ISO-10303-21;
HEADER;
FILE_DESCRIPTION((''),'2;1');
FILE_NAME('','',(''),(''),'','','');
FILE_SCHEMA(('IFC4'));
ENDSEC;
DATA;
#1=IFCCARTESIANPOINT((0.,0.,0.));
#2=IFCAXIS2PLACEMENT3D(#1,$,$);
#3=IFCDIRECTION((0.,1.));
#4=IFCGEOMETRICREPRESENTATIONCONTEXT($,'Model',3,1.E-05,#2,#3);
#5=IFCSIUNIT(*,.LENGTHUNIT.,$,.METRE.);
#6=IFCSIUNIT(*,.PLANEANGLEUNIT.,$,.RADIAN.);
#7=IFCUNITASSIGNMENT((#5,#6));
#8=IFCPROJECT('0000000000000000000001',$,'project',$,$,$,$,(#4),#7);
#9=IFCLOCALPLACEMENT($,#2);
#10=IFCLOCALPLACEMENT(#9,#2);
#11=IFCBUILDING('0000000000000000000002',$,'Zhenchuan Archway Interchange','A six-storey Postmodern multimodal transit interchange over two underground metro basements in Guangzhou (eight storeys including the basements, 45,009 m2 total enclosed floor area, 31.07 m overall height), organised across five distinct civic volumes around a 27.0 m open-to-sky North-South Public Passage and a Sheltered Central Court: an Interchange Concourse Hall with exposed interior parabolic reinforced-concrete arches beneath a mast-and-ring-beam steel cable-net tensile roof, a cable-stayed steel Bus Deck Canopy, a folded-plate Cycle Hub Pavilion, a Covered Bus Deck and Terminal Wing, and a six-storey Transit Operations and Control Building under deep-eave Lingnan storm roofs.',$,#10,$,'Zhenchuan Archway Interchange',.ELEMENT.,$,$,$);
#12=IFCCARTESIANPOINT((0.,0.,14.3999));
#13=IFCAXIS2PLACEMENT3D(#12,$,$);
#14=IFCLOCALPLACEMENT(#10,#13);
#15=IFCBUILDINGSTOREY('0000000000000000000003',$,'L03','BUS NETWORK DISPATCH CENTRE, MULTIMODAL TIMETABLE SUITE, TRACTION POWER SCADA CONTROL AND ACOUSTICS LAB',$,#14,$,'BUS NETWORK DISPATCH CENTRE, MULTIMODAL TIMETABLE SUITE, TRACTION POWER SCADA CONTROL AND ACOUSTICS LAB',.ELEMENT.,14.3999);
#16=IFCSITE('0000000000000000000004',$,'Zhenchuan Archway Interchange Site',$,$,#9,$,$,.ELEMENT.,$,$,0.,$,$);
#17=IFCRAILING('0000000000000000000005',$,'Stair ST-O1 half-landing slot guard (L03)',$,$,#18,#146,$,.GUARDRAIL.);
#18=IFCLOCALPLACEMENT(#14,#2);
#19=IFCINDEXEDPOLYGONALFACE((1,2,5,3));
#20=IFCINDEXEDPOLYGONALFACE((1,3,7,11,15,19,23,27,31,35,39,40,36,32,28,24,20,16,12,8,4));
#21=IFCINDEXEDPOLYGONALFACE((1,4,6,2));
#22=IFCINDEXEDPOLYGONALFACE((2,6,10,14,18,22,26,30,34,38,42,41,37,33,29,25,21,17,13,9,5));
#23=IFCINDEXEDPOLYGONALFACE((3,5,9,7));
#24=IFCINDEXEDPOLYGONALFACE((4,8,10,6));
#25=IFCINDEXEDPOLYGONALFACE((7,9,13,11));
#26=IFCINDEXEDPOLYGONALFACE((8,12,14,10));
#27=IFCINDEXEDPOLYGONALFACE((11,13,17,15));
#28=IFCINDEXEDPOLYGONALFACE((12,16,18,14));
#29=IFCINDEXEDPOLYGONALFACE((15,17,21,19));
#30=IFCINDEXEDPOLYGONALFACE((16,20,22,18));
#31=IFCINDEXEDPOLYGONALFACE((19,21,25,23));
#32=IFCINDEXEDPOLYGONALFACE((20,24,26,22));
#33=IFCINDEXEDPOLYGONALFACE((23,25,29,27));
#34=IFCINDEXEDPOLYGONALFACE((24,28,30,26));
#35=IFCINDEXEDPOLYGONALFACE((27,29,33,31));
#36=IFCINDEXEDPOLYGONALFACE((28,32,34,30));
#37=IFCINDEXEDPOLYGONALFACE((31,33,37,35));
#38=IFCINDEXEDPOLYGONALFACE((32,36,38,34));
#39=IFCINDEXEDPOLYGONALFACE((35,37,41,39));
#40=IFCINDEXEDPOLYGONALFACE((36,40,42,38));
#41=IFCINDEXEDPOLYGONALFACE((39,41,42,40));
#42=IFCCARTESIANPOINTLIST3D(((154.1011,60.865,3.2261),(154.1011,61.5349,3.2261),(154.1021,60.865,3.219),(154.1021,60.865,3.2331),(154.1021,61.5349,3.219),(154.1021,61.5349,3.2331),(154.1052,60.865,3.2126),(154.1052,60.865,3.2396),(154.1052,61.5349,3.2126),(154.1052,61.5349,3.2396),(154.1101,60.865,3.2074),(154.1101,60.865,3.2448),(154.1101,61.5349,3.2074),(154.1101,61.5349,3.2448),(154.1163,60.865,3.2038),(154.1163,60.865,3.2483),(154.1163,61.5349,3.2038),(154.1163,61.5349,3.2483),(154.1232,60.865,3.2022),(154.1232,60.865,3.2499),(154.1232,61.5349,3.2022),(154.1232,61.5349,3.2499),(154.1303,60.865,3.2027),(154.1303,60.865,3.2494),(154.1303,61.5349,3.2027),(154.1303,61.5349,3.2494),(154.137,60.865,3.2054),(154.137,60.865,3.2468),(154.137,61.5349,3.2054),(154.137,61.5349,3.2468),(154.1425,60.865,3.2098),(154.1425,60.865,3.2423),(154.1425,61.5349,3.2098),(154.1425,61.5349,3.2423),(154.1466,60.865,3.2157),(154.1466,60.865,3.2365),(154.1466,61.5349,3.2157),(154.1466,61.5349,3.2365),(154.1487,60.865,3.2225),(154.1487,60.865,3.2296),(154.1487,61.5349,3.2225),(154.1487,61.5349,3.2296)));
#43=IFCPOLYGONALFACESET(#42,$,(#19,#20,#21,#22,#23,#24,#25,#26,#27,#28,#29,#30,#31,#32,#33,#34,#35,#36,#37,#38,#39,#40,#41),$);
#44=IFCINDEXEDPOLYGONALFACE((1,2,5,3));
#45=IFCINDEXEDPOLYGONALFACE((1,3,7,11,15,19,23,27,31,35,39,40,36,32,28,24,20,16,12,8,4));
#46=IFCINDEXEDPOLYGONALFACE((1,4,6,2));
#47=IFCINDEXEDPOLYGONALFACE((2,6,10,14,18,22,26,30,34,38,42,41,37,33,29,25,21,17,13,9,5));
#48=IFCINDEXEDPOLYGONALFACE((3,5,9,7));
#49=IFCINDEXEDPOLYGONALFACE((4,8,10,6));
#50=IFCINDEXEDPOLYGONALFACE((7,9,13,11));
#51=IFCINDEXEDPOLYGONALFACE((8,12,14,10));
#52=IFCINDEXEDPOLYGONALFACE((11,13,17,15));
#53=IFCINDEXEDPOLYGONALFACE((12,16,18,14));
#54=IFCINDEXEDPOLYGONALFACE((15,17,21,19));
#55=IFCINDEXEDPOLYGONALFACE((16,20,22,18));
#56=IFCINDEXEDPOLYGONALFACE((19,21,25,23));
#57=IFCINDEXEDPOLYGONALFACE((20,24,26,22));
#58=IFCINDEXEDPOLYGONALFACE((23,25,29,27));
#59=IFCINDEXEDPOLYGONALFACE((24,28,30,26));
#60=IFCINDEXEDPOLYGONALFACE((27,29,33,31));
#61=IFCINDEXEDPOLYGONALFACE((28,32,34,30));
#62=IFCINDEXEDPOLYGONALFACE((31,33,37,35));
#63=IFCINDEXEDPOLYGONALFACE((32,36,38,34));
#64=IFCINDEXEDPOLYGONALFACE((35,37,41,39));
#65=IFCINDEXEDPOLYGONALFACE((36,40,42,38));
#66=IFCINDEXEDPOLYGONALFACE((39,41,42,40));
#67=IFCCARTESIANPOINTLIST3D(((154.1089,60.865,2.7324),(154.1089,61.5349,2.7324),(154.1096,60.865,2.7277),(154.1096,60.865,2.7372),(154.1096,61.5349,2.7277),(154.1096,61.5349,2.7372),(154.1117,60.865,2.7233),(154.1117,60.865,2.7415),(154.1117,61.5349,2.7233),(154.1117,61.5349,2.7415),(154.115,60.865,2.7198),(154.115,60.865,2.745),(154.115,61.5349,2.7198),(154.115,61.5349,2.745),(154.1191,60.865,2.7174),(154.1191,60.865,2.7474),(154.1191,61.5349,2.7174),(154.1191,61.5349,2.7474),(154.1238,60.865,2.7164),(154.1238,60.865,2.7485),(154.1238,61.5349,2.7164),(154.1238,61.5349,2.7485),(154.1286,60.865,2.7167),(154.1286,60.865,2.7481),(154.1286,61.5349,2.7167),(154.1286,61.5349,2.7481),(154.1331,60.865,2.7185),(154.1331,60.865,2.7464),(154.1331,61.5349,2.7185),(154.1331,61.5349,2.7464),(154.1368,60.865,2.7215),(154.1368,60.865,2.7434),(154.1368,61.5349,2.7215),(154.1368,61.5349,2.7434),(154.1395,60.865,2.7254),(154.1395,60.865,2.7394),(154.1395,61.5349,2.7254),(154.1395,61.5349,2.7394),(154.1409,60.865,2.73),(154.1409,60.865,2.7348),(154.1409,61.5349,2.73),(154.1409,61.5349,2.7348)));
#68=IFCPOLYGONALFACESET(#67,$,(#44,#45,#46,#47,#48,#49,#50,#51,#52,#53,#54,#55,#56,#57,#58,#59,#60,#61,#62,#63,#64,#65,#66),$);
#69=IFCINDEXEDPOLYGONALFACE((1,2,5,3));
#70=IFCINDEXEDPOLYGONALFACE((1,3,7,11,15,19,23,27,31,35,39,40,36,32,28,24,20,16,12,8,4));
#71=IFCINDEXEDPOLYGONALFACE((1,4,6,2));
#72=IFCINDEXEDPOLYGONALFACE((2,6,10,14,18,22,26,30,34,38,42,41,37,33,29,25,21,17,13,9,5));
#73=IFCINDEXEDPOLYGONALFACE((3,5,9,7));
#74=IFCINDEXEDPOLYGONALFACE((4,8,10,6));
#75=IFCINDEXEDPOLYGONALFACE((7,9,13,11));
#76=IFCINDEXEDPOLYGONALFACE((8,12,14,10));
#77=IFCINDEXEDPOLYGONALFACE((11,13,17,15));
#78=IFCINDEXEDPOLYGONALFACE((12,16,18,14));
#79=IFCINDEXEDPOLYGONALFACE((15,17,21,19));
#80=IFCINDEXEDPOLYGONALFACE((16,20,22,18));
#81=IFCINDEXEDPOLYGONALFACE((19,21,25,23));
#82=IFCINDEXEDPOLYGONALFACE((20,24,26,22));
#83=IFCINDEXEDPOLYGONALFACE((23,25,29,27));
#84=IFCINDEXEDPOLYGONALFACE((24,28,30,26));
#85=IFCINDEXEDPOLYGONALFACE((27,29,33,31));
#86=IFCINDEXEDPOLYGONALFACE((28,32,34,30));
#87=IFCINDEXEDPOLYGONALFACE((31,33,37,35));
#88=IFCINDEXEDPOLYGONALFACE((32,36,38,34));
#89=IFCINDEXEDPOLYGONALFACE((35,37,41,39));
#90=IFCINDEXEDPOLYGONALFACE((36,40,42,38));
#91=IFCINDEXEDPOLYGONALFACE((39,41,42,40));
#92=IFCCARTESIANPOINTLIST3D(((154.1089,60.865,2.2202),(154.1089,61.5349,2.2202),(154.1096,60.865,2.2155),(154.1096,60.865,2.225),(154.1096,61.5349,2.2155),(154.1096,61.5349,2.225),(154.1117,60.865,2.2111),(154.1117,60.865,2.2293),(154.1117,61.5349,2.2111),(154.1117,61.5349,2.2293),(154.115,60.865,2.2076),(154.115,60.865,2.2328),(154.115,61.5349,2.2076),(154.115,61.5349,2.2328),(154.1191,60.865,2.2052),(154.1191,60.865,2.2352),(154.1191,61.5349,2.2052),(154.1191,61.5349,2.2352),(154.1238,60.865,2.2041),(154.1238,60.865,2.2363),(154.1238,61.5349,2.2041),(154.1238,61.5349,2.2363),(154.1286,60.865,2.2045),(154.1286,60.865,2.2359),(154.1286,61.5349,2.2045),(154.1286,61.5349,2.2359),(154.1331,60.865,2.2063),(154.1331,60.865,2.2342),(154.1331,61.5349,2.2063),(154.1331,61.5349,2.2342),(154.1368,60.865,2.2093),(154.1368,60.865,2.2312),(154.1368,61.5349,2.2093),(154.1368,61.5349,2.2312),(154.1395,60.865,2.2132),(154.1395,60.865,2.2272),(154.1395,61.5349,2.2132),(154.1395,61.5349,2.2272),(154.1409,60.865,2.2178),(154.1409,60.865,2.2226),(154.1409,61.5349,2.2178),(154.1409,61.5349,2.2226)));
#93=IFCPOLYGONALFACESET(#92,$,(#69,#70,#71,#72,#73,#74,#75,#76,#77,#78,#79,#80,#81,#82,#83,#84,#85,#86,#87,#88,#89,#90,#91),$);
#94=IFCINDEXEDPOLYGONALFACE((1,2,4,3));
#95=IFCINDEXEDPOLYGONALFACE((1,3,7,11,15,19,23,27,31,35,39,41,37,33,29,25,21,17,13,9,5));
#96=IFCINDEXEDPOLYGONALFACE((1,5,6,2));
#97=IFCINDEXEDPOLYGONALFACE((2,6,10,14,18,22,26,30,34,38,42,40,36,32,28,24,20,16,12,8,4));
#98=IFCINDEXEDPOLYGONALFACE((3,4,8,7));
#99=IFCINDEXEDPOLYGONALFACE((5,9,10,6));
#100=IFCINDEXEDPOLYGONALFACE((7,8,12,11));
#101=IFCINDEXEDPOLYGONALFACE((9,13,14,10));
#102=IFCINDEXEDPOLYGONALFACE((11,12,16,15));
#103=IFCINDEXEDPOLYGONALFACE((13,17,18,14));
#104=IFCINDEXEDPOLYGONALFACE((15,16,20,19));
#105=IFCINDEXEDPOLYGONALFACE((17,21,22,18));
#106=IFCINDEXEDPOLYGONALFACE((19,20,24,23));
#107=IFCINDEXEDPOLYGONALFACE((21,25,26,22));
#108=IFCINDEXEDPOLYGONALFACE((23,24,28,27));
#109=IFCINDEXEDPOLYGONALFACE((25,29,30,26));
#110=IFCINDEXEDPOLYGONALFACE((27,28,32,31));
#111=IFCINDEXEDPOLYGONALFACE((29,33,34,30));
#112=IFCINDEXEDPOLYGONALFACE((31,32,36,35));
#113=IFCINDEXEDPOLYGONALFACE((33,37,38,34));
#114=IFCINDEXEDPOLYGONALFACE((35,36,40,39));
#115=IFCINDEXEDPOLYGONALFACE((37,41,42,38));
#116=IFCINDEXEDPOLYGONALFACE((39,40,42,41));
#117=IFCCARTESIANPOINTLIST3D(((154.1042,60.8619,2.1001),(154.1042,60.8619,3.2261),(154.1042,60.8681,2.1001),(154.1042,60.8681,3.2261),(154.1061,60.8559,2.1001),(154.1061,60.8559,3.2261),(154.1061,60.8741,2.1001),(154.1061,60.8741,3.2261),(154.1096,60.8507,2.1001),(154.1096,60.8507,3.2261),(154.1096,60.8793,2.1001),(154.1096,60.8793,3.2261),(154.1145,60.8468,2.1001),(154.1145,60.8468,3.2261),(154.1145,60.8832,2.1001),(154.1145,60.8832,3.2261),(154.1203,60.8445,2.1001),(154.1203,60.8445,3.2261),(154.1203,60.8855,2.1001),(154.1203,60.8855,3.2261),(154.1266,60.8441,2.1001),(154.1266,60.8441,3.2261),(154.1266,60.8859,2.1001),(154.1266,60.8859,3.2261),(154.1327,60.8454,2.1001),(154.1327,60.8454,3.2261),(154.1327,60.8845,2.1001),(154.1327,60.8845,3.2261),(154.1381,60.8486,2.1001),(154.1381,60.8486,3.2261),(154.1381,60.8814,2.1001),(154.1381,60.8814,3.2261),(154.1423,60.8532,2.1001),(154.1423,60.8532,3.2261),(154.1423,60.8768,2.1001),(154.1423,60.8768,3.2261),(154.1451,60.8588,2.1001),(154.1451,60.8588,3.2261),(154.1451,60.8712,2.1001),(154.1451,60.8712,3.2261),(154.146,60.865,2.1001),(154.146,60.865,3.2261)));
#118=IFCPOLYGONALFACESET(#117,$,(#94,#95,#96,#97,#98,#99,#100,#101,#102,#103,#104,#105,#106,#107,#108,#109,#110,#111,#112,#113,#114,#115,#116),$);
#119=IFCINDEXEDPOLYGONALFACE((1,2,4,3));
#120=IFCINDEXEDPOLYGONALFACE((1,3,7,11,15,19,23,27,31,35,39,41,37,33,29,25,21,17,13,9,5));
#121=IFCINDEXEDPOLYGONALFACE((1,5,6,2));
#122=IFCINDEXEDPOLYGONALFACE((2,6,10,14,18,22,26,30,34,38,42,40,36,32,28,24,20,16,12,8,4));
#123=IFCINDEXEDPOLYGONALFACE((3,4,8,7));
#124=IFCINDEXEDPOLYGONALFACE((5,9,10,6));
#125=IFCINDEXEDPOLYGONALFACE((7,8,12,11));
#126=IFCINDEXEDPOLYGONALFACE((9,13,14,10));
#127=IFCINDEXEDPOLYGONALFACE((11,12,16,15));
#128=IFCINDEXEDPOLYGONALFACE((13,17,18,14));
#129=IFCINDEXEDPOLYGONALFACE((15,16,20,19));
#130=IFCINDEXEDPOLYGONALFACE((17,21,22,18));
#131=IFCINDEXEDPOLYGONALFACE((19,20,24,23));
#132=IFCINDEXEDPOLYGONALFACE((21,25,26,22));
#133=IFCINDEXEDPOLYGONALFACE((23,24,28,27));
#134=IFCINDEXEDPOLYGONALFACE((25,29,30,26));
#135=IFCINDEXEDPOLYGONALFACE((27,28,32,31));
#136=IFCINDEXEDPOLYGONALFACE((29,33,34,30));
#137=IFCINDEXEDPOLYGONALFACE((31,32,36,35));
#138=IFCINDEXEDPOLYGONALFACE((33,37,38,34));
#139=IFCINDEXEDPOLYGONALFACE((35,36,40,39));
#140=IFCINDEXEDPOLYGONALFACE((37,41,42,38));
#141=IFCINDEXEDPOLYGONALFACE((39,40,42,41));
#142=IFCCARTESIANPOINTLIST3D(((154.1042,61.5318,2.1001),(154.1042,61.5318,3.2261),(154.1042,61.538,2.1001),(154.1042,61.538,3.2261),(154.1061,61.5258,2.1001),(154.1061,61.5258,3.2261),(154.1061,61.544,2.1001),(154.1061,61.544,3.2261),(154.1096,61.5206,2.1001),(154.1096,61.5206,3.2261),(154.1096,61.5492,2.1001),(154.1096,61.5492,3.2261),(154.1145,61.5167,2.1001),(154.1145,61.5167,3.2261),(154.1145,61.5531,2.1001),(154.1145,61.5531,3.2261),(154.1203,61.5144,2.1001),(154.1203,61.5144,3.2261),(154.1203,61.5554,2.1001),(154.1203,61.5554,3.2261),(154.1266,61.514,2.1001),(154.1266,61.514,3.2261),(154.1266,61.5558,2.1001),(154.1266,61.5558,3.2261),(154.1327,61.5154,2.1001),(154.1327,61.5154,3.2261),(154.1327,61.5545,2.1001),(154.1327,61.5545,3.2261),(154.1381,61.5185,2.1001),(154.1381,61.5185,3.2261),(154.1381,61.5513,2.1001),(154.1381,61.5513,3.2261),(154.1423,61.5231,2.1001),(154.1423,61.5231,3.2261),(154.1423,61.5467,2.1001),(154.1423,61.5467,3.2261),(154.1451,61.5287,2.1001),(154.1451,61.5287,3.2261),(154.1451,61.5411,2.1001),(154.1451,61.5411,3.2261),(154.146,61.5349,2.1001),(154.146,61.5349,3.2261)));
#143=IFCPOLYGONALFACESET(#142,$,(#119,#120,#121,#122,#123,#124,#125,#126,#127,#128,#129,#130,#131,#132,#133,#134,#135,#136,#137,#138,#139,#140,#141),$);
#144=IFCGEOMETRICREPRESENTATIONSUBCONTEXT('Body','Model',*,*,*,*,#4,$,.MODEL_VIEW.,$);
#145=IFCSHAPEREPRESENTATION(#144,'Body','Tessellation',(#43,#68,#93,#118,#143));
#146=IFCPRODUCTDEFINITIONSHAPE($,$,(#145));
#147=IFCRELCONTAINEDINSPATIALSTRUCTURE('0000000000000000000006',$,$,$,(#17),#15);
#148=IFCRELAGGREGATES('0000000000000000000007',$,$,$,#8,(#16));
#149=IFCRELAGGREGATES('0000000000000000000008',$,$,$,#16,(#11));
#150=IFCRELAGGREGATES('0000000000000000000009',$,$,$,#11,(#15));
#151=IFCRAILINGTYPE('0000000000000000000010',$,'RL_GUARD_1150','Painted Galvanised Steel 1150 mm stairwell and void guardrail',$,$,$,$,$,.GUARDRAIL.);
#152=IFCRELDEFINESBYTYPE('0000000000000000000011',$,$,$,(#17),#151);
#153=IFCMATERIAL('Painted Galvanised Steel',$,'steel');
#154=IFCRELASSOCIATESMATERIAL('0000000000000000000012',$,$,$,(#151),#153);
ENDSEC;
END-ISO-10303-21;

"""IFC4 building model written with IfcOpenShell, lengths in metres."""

from ifc_helpers import new_model, si_unit, direction, frame, origin, origin_2d, place, context, subcontext, project, spatial, circle, extrude, material, type_object, element, save


model = new_model("IFC4")

# Units and contexts
model_context = context("Model", 3, precision=1e-05, world=origin(), true_north=direction((0.0, 1.0)))
body_context = subcontext(model_context, "Body", "Model", "MODEL_VIEW")
ifc_project = project(units=[si_unit("LENGTHUNIT", "METRE"), si_unit("PLANEANGLEUNIT", "RADIAN")], contexts=[model_context])

# Site, building, storey
site_placement = place(None, origin())
site = spatial("IfcSite", under=ifc_project, at=site_placement, Name="Zhenchuan Archway Interchange Site", CompositionType="ELEMENT", RefElevation=0.0)
building_placement = place(site_placement, origin())
building = spatial("IfcBuilding", under=site, at=building_placement, Name="Zhenchuan Archway Interchange", Description="A six-storey Postmodern multimodal transit interchange over two underground metro basements in Guangzhou (eight storeys including the basements, 45,009 m2 total enclosed floor area, 31.07 m overall height), organised across five distinct civic volumes around a 27.0 m open-to-sky North-South Public Passage and a Sheltered Central Court: an Interchange Concourse Hall with exposed interior parabolic reinforced-concrete arches beneath a mast-and-ring-beam steel cable-net tensile roof, a cable-stayed steel Bus Deck Canopy, a folded-plate Cycle Hub Pavilion, a Covered Bus Deck and Terminal Wing, and a six-storey Transit Operations and Control Building under deep-eave Lingnan storm roofs.", LongName="Zhenchuan Archway Interchange", CompositionType="ELEMENT")
storey_placement = place(building_placement, frame((0.0, 0.0, 14.3999)))
storey = spatial("IfcBuildingStorey", under=building, at=storey_placement, Name="L03", Description="BUS NETWORK DISPATCH CENTRE, MULTIMODAL TIMETABLE SUITE, TRACTION POWER SCADA CONTROL AND ACOUSTICS LAB", LongName="BUS NETWORK DISPATCH CENTRE, MULTIMODAL TIMETABLE SUITE, TRACTION POWER SCADA CONTROL AND ACOUSTICS LAB", CompositionType="ELEMENT", Elevation=14.3999)

# Railing
ifc_material_1 = material(Name="Painted Galvanised Steel", Category="steel")
railing_type_1 = type_object("IfcRailingType", Name="RL_GUARD_1150", Description="Painted Galvanised Steel 1150 mm stairwell and void guardrail", PredefinedType="GUARDRAIL", material=ifc_material_1)
railing_placement = place(storey_placement, frame((154.125, 60.865, 2.1001)))
element("IfcRailing", 1, at=railing_placement, inside=storey, type_object=railing_type_1, Name="Stair ST-O1 half-landing slot guard (L03)", PredefinedType="GUARDRAIL", context=body_context, shape_type="SweptSolid", body=[
    extrude(circle(Radius=0.0239, at=origin_2d()), frame((0.0, 0.0, 1.126), z_axis=(0.0, 1.0, 0.0), x_axis=(-1.0, 0.0, 0.0)), (0.0, 0.0, 1.0), 0.6699),
    extrude(circle(Radius=0.0161, at=origin_2d()), frame((0.0, 0.0, 0.6323), z_axis=(0.0, 1.0, 0.0), x_axis=(-1.0, 0.0, 0.0)), (0.0, 0.0, 1.0), 0.6699),
    extrude(circle(Radius=0.0161, at=origin_2d()), frame((0.0, 0.0, 0.1201), z_axis=(0.0, 1.0, 0.0), x_axis=(-1.0, 0.0, 0.0)), (0.0, 0.0, 1.0), 0.6699),
    extrude(circle(Radius=0.021, at=origin_2d()), origin(), (0.0, 0.0, 1.0), 1.126),
    extrude(circle(Radius=0.021, at=origin_2d()), frame((0.0, 0.6699, 0.0)), (0.0, 0.0, 1.0), 1.126),
])

save(model, "model.ifc")
